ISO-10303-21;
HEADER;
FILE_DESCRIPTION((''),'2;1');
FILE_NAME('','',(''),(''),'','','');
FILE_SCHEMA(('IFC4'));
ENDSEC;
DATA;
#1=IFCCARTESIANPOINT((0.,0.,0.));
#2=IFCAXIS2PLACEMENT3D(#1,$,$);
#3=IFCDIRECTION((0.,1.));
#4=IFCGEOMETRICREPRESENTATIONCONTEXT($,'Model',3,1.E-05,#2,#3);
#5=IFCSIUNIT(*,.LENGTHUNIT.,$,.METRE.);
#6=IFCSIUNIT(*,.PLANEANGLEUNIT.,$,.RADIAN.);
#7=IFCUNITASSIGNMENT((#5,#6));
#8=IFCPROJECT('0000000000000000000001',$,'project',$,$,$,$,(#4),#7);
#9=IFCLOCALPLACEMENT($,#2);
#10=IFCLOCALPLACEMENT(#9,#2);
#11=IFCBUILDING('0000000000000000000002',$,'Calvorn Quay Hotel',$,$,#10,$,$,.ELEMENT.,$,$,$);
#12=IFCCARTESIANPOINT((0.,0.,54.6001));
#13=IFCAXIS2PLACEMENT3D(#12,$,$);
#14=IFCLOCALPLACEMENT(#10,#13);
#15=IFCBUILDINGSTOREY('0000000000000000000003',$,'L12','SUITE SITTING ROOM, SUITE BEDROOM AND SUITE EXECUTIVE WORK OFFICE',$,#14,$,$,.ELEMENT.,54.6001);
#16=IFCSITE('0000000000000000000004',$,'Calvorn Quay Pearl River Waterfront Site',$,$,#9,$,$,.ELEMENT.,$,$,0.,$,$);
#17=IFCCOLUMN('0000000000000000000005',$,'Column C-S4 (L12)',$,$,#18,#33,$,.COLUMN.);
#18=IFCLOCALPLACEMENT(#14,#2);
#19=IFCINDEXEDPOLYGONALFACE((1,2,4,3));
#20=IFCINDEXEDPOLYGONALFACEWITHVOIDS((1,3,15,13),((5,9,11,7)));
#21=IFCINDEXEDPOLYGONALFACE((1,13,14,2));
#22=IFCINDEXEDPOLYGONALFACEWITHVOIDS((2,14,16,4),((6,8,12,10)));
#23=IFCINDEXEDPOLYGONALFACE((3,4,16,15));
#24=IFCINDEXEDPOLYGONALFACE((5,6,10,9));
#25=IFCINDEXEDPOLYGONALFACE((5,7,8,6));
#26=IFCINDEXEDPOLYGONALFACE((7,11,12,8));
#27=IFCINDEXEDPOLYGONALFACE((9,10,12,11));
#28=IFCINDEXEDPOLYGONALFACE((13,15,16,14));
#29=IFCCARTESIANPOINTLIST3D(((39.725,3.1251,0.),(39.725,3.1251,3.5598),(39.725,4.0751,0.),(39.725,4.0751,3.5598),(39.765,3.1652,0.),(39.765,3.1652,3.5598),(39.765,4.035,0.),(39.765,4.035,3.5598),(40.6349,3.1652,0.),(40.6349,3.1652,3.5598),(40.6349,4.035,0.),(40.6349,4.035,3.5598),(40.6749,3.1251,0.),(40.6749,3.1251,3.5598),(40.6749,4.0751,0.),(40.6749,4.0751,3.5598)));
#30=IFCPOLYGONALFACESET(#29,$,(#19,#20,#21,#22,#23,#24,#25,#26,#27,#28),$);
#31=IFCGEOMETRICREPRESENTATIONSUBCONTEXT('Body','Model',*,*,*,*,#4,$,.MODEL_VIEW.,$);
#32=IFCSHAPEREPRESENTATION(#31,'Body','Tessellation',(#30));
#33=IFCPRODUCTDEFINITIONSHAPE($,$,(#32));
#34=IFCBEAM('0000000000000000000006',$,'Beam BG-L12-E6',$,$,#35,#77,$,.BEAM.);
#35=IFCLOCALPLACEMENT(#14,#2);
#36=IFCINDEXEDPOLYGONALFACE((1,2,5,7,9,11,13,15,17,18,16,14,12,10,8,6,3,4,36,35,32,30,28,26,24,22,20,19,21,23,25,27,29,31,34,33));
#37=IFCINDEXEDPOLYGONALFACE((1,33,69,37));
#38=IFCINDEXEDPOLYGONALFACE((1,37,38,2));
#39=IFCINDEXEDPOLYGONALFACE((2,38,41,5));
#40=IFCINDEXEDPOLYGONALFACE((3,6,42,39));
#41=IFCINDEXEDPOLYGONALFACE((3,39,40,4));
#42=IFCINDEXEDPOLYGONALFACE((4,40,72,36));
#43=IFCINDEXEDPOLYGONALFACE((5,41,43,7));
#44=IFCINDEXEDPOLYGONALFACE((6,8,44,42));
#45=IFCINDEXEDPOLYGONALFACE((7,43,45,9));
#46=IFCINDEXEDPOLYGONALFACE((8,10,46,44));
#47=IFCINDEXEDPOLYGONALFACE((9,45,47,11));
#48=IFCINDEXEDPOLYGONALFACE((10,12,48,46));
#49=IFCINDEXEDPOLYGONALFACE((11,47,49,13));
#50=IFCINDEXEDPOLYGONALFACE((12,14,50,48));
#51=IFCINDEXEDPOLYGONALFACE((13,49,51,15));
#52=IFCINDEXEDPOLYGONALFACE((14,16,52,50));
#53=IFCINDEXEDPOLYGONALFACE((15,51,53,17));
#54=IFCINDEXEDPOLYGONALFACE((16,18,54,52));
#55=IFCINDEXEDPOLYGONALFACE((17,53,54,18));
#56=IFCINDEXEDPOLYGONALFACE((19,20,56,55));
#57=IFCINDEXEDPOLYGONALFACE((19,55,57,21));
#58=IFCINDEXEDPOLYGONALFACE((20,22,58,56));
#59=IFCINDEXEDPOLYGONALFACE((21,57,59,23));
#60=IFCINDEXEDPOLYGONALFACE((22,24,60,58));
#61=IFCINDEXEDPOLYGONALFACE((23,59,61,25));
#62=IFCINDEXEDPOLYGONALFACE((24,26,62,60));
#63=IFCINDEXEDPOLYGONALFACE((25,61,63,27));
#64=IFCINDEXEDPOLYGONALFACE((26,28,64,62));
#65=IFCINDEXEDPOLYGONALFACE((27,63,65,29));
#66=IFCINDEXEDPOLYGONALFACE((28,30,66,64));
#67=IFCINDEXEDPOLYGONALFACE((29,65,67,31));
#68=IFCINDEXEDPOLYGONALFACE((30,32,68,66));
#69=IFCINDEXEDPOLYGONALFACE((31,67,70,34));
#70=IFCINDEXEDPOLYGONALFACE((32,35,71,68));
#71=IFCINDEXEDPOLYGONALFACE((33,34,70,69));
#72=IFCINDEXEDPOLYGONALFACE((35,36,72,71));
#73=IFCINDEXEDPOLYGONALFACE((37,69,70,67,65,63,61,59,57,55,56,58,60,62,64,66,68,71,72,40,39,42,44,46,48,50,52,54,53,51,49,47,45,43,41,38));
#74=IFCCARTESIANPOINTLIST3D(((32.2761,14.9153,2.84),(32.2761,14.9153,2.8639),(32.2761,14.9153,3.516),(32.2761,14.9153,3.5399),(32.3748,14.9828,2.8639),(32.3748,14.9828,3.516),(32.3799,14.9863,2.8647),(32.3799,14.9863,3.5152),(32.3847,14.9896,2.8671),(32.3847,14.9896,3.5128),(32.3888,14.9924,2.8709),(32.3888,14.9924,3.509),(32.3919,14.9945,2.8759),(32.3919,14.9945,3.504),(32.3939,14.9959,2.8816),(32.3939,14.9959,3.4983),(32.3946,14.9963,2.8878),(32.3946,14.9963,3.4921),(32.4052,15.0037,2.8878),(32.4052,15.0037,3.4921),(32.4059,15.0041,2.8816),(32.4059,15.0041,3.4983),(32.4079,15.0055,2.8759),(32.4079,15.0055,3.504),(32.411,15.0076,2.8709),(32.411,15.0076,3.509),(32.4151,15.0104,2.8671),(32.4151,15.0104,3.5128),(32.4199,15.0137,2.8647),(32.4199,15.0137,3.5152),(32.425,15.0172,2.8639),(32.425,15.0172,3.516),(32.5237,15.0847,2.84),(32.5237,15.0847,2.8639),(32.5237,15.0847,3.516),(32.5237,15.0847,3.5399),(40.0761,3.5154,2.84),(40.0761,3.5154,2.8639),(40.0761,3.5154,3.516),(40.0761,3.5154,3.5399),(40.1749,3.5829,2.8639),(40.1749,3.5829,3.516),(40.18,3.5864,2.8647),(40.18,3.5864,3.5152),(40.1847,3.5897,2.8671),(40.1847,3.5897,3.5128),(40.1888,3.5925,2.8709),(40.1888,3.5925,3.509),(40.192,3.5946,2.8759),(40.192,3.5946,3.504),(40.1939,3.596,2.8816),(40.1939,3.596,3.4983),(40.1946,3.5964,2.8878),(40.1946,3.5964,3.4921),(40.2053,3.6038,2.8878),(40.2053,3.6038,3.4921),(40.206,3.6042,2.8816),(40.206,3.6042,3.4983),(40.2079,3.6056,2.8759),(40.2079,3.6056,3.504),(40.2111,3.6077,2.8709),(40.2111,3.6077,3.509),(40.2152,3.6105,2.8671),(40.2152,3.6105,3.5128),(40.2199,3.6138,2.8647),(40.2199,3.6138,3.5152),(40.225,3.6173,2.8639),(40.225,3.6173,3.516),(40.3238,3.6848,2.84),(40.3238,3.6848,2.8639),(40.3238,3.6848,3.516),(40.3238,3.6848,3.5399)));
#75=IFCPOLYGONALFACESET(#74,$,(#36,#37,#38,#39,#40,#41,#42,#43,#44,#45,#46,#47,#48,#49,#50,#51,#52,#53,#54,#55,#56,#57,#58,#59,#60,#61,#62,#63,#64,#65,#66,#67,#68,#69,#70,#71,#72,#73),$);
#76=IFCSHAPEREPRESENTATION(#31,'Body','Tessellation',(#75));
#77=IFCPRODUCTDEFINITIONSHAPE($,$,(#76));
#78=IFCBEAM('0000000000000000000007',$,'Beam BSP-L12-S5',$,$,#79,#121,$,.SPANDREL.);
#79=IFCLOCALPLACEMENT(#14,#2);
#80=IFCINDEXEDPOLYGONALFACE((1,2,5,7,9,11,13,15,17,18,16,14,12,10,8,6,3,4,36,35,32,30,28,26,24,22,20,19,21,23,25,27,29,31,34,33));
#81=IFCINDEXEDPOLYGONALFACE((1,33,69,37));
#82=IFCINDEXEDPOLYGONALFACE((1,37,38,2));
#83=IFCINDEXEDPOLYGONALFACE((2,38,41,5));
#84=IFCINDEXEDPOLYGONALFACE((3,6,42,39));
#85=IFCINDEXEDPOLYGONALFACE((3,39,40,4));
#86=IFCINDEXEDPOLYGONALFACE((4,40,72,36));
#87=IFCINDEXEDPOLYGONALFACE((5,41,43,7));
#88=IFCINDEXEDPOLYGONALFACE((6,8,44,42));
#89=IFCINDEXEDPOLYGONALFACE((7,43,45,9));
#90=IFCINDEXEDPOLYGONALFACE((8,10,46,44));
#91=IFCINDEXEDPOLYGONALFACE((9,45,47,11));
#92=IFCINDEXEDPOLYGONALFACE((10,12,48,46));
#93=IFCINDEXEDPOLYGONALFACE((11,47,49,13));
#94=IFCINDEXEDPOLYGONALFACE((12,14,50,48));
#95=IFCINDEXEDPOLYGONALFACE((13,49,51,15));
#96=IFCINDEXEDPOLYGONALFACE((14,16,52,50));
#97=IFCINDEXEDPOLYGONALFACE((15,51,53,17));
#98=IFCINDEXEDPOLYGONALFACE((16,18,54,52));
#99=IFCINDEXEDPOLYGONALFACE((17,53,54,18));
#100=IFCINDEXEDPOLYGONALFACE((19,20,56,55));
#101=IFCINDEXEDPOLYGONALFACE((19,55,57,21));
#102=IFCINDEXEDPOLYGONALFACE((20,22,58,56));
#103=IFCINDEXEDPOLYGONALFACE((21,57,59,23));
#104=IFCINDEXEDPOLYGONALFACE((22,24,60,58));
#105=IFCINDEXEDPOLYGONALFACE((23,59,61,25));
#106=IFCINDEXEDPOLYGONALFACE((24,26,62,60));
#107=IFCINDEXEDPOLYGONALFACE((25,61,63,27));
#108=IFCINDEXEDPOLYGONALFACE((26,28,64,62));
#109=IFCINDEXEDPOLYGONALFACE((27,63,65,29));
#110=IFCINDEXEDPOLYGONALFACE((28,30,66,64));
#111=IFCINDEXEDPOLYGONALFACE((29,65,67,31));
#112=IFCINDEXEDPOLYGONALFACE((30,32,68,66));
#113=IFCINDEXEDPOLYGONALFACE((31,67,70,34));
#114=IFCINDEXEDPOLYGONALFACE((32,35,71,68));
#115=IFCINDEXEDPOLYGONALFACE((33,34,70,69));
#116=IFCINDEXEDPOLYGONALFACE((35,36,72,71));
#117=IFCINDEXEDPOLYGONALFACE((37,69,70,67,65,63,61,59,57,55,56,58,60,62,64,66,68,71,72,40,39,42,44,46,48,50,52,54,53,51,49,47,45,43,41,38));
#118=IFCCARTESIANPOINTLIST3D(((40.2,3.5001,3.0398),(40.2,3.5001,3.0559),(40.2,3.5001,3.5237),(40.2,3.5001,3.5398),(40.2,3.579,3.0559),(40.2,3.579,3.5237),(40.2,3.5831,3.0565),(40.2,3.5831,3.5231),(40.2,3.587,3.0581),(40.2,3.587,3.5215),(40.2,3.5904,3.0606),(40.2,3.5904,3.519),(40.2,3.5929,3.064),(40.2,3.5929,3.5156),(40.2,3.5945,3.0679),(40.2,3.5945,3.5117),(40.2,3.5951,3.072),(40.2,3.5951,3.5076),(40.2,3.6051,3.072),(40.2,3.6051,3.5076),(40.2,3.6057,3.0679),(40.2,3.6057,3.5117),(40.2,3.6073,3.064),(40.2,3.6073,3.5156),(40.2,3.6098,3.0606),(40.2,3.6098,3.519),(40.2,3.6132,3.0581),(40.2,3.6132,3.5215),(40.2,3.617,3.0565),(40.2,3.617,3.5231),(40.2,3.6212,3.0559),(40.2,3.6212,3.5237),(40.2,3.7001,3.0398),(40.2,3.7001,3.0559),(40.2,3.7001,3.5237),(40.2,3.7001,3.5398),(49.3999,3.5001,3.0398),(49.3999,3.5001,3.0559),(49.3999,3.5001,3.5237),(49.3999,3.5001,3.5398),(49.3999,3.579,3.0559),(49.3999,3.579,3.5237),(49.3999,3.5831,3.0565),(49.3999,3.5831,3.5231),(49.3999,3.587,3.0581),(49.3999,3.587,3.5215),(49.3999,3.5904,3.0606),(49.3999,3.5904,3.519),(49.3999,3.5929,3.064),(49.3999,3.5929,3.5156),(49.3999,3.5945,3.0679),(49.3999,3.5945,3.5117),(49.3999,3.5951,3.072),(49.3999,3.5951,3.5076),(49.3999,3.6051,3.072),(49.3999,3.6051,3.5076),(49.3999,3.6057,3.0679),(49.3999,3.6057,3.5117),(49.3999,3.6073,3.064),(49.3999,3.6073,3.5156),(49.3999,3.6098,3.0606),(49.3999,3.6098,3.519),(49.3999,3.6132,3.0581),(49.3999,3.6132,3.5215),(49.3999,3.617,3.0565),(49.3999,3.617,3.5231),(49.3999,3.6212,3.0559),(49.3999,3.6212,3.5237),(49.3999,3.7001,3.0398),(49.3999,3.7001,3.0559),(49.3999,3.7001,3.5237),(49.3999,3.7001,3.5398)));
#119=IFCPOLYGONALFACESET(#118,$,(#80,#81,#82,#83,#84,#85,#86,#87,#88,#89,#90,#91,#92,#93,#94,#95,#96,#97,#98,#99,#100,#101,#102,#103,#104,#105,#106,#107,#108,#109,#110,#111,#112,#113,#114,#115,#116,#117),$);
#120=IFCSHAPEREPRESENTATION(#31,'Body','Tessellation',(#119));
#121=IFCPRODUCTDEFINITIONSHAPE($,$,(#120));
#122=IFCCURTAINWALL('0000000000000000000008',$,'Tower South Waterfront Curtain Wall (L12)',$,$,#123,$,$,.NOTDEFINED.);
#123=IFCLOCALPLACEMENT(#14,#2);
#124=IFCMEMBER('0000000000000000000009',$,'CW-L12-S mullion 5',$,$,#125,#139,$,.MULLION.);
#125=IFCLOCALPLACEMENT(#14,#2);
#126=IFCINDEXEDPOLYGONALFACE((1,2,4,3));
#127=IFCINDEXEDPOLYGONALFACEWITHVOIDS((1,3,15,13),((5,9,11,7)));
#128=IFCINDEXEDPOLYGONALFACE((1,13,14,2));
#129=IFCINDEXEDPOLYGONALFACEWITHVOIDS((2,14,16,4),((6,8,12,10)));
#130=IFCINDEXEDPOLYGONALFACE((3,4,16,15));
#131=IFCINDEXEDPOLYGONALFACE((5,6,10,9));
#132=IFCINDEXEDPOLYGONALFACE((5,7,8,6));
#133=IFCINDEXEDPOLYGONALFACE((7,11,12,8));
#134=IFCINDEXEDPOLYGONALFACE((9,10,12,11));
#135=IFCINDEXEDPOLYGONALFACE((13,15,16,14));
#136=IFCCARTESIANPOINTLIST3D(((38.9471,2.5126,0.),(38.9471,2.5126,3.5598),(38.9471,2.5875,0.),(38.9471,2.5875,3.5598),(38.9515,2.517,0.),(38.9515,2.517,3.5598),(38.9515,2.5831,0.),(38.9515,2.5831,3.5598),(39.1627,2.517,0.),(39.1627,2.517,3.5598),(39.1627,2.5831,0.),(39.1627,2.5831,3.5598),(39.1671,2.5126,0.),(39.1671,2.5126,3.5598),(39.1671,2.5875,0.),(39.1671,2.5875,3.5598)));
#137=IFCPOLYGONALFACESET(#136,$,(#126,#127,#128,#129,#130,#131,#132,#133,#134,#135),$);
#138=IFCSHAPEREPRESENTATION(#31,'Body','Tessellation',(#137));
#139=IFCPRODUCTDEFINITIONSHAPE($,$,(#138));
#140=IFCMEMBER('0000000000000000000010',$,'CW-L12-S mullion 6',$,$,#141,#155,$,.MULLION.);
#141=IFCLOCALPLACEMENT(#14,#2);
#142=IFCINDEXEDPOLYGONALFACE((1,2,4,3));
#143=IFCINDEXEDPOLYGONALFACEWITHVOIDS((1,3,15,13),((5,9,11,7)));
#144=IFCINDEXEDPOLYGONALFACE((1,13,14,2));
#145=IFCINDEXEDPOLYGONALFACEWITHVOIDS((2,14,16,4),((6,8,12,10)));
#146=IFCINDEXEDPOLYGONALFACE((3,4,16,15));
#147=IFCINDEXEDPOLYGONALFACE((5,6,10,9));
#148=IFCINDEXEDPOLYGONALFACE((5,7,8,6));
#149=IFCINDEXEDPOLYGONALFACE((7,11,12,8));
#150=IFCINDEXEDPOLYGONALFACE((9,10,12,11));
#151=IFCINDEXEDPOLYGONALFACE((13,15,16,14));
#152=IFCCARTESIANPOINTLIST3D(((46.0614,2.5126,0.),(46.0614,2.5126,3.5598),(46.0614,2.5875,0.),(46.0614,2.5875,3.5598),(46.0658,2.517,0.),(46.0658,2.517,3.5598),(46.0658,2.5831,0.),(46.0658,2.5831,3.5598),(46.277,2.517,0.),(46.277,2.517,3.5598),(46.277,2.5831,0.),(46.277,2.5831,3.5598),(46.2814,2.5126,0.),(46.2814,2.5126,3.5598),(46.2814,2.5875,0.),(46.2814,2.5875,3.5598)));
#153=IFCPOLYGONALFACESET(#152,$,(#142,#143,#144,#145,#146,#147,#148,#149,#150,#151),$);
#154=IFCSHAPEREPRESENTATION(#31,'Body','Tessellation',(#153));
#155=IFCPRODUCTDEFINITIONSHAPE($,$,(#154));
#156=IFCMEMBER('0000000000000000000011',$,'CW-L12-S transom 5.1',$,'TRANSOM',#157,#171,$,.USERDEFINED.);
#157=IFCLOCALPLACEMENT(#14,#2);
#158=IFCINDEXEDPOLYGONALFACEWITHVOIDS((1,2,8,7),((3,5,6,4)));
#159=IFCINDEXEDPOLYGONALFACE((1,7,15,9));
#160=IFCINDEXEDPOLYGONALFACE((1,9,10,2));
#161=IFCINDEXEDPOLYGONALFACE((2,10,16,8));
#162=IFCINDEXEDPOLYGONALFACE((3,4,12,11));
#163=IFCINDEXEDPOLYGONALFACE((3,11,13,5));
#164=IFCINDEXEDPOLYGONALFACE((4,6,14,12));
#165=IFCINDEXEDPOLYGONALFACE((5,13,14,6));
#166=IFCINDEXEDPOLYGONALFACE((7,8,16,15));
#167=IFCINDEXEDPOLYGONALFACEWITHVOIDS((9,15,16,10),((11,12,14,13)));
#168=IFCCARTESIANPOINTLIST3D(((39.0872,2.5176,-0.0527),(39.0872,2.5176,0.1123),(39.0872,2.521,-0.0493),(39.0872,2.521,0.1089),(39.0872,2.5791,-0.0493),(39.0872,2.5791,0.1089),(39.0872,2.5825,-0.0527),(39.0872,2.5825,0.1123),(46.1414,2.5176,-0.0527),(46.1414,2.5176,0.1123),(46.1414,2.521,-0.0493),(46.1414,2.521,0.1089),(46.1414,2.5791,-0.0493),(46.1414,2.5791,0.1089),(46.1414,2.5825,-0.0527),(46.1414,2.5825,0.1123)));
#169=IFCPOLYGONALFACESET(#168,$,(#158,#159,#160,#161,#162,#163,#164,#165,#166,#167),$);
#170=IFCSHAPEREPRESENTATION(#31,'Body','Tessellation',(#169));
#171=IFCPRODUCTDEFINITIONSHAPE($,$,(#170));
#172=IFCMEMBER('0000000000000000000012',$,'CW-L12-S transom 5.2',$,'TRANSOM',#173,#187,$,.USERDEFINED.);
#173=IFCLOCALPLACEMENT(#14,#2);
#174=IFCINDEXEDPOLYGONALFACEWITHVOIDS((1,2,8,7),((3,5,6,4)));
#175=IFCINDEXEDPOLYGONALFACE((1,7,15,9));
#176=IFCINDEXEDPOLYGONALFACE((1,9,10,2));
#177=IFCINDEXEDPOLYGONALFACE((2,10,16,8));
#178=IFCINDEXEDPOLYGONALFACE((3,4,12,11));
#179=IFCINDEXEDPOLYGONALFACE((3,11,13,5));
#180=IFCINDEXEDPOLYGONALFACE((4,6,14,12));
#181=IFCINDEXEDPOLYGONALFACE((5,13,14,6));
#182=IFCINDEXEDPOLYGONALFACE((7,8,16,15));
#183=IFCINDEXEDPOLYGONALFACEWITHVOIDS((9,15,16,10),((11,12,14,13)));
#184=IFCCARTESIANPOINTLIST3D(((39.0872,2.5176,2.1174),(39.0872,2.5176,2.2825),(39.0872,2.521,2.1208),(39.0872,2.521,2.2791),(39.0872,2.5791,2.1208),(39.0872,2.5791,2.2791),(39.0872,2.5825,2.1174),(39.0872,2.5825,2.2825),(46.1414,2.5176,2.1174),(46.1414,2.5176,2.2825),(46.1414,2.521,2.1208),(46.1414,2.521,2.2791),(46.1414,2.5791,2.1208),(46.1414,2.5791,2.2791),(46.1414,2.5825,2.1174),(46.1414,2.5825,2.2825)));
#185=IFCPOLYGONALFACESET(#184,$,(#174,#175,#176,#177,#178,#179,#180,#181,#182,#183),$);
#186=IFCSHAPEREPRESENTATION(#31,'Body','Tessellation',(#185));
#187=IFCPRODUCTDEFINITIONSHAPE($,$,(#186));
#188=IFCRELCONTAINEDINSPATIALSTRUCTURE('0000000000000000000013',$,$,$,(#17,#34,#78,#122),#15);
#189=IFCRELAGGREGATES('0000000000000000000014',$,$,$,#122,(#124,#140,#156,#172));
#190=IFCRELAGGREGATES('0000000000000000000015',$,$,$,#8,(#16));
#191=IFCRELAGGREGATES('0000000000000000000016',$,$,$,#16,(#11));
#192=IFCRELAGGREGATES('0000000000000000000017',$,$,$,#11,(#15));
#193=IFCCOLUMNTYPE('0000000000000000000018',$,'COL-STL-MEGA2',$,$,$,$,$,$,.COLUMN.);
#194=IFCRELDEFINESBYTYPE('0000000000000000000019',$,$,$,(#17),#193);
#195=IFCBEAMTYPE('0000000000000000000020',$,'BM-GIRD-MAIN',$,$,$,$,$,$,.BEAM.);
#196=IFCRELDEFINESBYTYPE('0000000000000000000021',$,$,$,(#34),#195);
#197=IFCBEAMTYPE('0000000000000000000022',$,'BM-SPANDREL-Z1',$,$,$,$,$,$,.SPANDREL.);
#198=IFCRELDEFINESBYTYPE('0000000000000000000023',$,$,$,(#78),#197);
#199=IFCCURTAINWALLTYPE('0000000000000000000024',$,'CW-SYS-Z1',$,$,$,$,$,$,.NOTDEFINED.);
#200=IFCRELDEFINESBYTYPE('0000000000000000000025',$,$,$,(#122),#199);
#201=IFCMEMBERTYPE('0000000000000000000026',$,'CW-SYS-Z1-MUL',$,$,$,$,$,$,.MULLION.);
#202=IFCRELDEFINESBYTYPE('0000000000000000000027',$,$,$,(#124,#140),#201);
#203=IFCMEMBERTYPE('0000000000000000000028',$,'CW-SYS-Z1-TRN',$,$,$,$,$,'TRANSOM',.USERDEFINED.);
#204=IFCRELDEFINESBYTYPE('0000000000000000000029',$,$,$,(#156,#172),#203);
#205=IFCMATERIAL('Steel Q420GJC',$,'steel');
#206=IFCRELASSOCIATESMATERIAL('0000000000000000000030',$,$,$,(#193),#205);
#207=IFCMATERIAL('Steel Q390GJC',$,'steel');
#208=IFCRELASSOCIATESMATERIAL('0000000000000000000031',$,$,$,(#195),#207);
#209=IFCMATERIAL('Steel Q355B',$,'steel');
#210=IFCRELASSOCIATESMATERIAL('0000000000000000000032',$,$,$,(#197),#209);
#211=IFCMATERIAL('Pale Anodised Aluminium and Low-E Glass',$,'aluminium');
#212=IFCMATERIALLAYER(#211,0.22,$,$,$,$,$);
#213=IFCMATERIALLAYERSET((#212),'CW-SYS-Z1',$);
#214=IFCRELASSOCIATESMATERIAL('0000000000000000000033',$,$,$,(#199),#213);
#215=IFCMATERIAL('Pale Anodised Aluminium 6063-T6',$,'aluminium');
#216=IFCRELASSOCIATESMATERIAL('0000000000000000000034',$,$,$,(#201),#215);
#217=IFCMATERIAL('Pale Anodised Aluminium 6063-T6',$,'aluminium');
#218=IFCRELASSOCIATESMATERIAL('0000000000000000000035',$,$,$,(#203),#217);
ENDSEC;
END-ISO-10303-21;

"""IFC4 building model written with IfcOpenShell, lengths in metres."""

from ifc_helpers import new_model, si_unit, direction, frame, origin, origin_2d, place, context, subcontext, project, spatial, hollow_rectangle, i_section, extrude, material, layer, layer_set, material_profile, profile_set, type_object, element, aggregate, save


model = new_model("IFC4")

# Units and contexts
model_context = context("Model", 3, precision=1e-05, world=origin(), true_north=direction((0.0, 1.0)))
body_context = subcontext(model_context, "Body", "Model", "MODEL_VIEW")
ifc_project = project(units=[si_unit("LENGTHUNIT", "METRE"), si_unit("PLANEANGLEUNIT", "RADIAN")], contexts=[model_context])

# Site, building, storey
site_placement = place(None, origin())
site = spatial("IfcSite", under=ifc_project, at=site_placement, Name="Calvorn Quay Pearl River Waterfront Site", CompositionType="ELEMENT", RefElevation=0.0)
building_placement = place(site_placement, origin())
building = spatial("IfcBuilding", under=site, at=building_placement, Name="Calvorn Quay Hotel", CompositionType="ELEMENT")
storey_placement = place(building_placement, frame((0.0, 0.0, 54.6001)))
storey = spatial("IfcBuildingStorey", under=building, at=storey_placement, Name="L12", Description="SUITE SITTING ROOM, SUITE BEDROOM AND SUITE EXECUTIVE WORK OFFICE", CompositionType="ELEMENT", Elevation=54.6001)

# Column
ifc_material_1 = material(Name="Steel Q420GJC", Category="steel")
ifc_material_profile_1 = material_profile(ifc_material_1, hollow_rectangle(XDim=0.95, YDim=0.95, WallThickness=0.04, at=origin_2d()), Name="BOX950x950x40")
ifc_profile_set_1 = profile_set([ifc_material_profile_1], Name="Steel Q420GJC")
column_type = type_object("IfcColumnType", Name="COL-STL-MEGA2", PredefinedType="COLUMN", material=ifc_profile_set_1)
column_placement = place(storey_placement, frame((40.2, 3.6001, 0.0), z_axis=(0.0, 0.0, 1.0), x_axis=(1.0, 0.0, 0.0)))
element("IfcColumn", 1, at=column_placement, inside=storey, type_object=column_type, Name="Column C-S4 (L12)", PredefinedType="COLUMN", context=body_context, shape_type="SweptSolid", body=[
    extrude(hollow_rectangle(XDim=0.95, YDim=0.95, WallThickness=0.04, at=origin_2d()), origin(), (0.0, 0.0, 1.0), 3.5598),
])

# Beams
ifc_material_2 = material(Name="Steel Q390GJC", Category="steel")
ifc_material_profile_2 = material_profile(ifc_material_2, i_section(OverallWidth=0.3, OverallDepth=0.7, WebThickness=0.0129, FlangeThickness=0.0239, FilletRadius=0.0239, at=origin_2d()), Name="HN700x300x13x24")
ifc_profile_set_2 = profile_set([ifc_material_profile_2], Name="Steel Q390GJC")
beam_type_1 = type_object("IfcBeamType", Name="BM-GIRD-MAIN", PredefinedType="BEAM", material=ifc_profile_set_2)
beam_1_placement = place(storey_placement, frame((40.2, 3.6001, 3.1899), z_axis=(-0.56469, 0.825303, 0.0), x_axis=(-0.825303, -0.56469, 0.0)))
element("IfcBeam", 2, at=beam_1_placement, inside=storey, type_object=beam_type_1, Name="Beam BG-L12-E6", PredefinedType="BEAM", context=body_context, shape_type="SweptSolid", body=[
    extrude(i_section(OverallWidth=0.3, OverallDepth=0.7, WebThickness=0.0129, FlangeThickness=0.0239, FilletRadius=0.0239, at=origin_2d()), origin(), (0.0, 0.0, 1.0), 13.813),
])
ifc_material_3 = material(Name="Steel Q355B", Category="steel")
ifc_material_profile_3 = material_profile(ifc_material_3, i_section(OverallWidth=0.2, OverallDepth=0.5, WebThickness=0.01, FlangeThickness=0.0161, FilletRadius=0.0161, at=origin_2d()), Name="HN500x200x10x16")
ifc_profile_set_3 = profile_set([ifc_material_profile_3], Name="Steel Q355B")
beam_type_2 = type_object("IfcBeamType", Name="BM-SPANDREL-Z1", PredefinedType="SPANDREL", material=ifc_profile_set_3)
beam_2_placement = place(storey_placement, frame((40.2, 3.6001, 3.2898), z_axis=(1.0, 0.0, 0.0), x_axis=(0.0, 1.0, 0.0)))
element("IfcBeam", 3, at=beam_2_placement, inside=storey, type_object=beam_type_2, Name="Beam BSP-L12-S5", PredefinedType="SPANDREL", context=body_context, shape_type="SweptSolid", body=[
    extrude(i_section(OverallWidth=0.2, OverallDepth=0.5, WebThickness=0.01, FlangeThickness=0.0161, FilletRadius=0.0161, at=origin_2d()), origin(), (0.0, 0.0, 1.0), 9.2),
])

# Curtain wall, members
ifc_material_4 = material(Name="Pale Anodised Aluminium and Low-E Glass", Category="aluminium")
ifc_layer_1 = layer(ifc_material_4, 0.22)
ifc_layer_set_1 = layer_set([ifc_layer_1], Name="CW-SYS-Z1")
curtain_wall_type = type_object("IfcCurtainWallType", Name="CW-SYS-Z1", PredefinedType="NOTDEFINED", material=ifc_layer_set_1)
curtain_wall_placement = place(storey_placement, origin())
curtain_wall = element("IfcCurtainWall", 4, at=curtain_wall_placement, inside=storey, type_object=curtain_wall_type, Name="Tower South Waterfront Curtain Wall (L12)", PredefinedType="NOTDEFINED")
ifc_material_5 = material(Name="Pale Anodised Aluminium 6063-T6", Category="aluminium")
ifc_material_profile_4 = material_profile(ifc_material_5, hollow_rectangle(XDim=0.075, YDim=0.22, WallThickness=0.0044, at=origin_2d()), Name="ALU-M220x75x4.5")
ifc_profile_set_4 = profile_set([ifc_material_profile_4], Name="Pale Anodised Aluminium 6063-T6")
member_type_1 = type_object("IfcMemberType", Name="CW-SYS-Z1-MUL", PredefinedType="MULLION", material=ifc_profile_set_4)
member_1_placement = place(storey_placement, frame((39.0571, 2.55, 0.0), z_axis=(0.0, 0.0, 1.0), x_axis=(0.0, 1.0, 0.0)))
member_1 = element("IfcMember", 5, at=member_1_placement, type_object=member_type_1, Name="CW-L12-S mullion 5", PredefinedType="MULLION", context=body_context, shape_type="SweptSolid", body=[
    extrude(hollow_rectangle(XDim=0.075, YDim=0.22, WallThickness=0.0044, at=origin_2d()), origin(), (0.0, 0.0, 1.0), 3.5598),
])
member_2_placement = place(storey_placement, frame((46.1714, 2.55, 0.0), z_axis=(0.0, 0.0, 1.0), x_axis=(0.0, 1.0, 0.0)))
member_2 = element("IfcMember", 6, at=member_2_placement, type_object=member_type_1, Name="CW-L12-S mullion 6", PredefinedType="MULLION", context=body_context, shape_type="SweptSolid", body=[
    extrude(hollow_rectangle(XDim=0.075, YDim=0.22, WallThickness=0.0044, at=origin_2d()), origin(), (0.0, 0.0, 1.0), 3.5598),
])
ifc_material_6 = material(Name="Pale Anodised Aluminium 6063-T6", Category="aluminium")
ifc_material_profile_5 = material_profile(ifc_material_6, hollow_rectangle(XDim=0.0649, YDim=0.165, WallThickness=0.0034, at=origin_2d()), Name="ALU-T165x65x3.5")
ifc_profile_set_5 = profile_set([ifc_material_profile_5], Name="Pale Anodised Aluminium 6063-T6")
member_type_2 = type_object("IfcMemberType", Name="CW-SYS-Z1-TRN", ElementType="TRANSOM", PredefinedType="USERDEFINED", material=ifc_profile_set_5)
member_3_placement = place(storey_placement, frame((39.0872, 2.55, 0.0298), z_axis=(1.0, 0.0, 0.0), x_axis=(0.0, 1.0, 0.0)))
member_3 = element("IfcMember", 7, at=member_3_placement, type_object=member_type_2, Name="CW-L12-S transom 5.1", ObjectType="TRANSOM", PredefinedType="USERDEFINED", context=body_context, shape_type="SweptSolid", body=[
    extrude(hollow_rectangle(XDim=0.0649, YDim=0.165, WallThickness=0.0034, at=origin_2d()), origin(), (0.0, 0.0, 1.0), 7.0542),
])
member_4_placement = place(storey_placement, frame((39.0872, 2.55, 2.2), z_axis=(1.0, 0.0, 0.0), x_axis=(0.0, 1.0, 0.0)))
member_4 = element("IfcMember", 8, at=member_4_placement, type_object=member_type_2, Name="CW-L12-S transom 5.2", ObjectType="TRANSOM", PredefinedType="USERDEFINED", context=body_context, shape_type="SweptSolid", body=[
    extrude(hollow_rectangle(XDim=0.0649, YDim=0.165, WallThickness=0.0034, at=origin_2d()), origin(), (0.0, 0.0, 1.0), 7.0542),
])
aggregate(curtain_wall, [member_1, member_2, member_3, member_4])

save(model, "model.ifc")
